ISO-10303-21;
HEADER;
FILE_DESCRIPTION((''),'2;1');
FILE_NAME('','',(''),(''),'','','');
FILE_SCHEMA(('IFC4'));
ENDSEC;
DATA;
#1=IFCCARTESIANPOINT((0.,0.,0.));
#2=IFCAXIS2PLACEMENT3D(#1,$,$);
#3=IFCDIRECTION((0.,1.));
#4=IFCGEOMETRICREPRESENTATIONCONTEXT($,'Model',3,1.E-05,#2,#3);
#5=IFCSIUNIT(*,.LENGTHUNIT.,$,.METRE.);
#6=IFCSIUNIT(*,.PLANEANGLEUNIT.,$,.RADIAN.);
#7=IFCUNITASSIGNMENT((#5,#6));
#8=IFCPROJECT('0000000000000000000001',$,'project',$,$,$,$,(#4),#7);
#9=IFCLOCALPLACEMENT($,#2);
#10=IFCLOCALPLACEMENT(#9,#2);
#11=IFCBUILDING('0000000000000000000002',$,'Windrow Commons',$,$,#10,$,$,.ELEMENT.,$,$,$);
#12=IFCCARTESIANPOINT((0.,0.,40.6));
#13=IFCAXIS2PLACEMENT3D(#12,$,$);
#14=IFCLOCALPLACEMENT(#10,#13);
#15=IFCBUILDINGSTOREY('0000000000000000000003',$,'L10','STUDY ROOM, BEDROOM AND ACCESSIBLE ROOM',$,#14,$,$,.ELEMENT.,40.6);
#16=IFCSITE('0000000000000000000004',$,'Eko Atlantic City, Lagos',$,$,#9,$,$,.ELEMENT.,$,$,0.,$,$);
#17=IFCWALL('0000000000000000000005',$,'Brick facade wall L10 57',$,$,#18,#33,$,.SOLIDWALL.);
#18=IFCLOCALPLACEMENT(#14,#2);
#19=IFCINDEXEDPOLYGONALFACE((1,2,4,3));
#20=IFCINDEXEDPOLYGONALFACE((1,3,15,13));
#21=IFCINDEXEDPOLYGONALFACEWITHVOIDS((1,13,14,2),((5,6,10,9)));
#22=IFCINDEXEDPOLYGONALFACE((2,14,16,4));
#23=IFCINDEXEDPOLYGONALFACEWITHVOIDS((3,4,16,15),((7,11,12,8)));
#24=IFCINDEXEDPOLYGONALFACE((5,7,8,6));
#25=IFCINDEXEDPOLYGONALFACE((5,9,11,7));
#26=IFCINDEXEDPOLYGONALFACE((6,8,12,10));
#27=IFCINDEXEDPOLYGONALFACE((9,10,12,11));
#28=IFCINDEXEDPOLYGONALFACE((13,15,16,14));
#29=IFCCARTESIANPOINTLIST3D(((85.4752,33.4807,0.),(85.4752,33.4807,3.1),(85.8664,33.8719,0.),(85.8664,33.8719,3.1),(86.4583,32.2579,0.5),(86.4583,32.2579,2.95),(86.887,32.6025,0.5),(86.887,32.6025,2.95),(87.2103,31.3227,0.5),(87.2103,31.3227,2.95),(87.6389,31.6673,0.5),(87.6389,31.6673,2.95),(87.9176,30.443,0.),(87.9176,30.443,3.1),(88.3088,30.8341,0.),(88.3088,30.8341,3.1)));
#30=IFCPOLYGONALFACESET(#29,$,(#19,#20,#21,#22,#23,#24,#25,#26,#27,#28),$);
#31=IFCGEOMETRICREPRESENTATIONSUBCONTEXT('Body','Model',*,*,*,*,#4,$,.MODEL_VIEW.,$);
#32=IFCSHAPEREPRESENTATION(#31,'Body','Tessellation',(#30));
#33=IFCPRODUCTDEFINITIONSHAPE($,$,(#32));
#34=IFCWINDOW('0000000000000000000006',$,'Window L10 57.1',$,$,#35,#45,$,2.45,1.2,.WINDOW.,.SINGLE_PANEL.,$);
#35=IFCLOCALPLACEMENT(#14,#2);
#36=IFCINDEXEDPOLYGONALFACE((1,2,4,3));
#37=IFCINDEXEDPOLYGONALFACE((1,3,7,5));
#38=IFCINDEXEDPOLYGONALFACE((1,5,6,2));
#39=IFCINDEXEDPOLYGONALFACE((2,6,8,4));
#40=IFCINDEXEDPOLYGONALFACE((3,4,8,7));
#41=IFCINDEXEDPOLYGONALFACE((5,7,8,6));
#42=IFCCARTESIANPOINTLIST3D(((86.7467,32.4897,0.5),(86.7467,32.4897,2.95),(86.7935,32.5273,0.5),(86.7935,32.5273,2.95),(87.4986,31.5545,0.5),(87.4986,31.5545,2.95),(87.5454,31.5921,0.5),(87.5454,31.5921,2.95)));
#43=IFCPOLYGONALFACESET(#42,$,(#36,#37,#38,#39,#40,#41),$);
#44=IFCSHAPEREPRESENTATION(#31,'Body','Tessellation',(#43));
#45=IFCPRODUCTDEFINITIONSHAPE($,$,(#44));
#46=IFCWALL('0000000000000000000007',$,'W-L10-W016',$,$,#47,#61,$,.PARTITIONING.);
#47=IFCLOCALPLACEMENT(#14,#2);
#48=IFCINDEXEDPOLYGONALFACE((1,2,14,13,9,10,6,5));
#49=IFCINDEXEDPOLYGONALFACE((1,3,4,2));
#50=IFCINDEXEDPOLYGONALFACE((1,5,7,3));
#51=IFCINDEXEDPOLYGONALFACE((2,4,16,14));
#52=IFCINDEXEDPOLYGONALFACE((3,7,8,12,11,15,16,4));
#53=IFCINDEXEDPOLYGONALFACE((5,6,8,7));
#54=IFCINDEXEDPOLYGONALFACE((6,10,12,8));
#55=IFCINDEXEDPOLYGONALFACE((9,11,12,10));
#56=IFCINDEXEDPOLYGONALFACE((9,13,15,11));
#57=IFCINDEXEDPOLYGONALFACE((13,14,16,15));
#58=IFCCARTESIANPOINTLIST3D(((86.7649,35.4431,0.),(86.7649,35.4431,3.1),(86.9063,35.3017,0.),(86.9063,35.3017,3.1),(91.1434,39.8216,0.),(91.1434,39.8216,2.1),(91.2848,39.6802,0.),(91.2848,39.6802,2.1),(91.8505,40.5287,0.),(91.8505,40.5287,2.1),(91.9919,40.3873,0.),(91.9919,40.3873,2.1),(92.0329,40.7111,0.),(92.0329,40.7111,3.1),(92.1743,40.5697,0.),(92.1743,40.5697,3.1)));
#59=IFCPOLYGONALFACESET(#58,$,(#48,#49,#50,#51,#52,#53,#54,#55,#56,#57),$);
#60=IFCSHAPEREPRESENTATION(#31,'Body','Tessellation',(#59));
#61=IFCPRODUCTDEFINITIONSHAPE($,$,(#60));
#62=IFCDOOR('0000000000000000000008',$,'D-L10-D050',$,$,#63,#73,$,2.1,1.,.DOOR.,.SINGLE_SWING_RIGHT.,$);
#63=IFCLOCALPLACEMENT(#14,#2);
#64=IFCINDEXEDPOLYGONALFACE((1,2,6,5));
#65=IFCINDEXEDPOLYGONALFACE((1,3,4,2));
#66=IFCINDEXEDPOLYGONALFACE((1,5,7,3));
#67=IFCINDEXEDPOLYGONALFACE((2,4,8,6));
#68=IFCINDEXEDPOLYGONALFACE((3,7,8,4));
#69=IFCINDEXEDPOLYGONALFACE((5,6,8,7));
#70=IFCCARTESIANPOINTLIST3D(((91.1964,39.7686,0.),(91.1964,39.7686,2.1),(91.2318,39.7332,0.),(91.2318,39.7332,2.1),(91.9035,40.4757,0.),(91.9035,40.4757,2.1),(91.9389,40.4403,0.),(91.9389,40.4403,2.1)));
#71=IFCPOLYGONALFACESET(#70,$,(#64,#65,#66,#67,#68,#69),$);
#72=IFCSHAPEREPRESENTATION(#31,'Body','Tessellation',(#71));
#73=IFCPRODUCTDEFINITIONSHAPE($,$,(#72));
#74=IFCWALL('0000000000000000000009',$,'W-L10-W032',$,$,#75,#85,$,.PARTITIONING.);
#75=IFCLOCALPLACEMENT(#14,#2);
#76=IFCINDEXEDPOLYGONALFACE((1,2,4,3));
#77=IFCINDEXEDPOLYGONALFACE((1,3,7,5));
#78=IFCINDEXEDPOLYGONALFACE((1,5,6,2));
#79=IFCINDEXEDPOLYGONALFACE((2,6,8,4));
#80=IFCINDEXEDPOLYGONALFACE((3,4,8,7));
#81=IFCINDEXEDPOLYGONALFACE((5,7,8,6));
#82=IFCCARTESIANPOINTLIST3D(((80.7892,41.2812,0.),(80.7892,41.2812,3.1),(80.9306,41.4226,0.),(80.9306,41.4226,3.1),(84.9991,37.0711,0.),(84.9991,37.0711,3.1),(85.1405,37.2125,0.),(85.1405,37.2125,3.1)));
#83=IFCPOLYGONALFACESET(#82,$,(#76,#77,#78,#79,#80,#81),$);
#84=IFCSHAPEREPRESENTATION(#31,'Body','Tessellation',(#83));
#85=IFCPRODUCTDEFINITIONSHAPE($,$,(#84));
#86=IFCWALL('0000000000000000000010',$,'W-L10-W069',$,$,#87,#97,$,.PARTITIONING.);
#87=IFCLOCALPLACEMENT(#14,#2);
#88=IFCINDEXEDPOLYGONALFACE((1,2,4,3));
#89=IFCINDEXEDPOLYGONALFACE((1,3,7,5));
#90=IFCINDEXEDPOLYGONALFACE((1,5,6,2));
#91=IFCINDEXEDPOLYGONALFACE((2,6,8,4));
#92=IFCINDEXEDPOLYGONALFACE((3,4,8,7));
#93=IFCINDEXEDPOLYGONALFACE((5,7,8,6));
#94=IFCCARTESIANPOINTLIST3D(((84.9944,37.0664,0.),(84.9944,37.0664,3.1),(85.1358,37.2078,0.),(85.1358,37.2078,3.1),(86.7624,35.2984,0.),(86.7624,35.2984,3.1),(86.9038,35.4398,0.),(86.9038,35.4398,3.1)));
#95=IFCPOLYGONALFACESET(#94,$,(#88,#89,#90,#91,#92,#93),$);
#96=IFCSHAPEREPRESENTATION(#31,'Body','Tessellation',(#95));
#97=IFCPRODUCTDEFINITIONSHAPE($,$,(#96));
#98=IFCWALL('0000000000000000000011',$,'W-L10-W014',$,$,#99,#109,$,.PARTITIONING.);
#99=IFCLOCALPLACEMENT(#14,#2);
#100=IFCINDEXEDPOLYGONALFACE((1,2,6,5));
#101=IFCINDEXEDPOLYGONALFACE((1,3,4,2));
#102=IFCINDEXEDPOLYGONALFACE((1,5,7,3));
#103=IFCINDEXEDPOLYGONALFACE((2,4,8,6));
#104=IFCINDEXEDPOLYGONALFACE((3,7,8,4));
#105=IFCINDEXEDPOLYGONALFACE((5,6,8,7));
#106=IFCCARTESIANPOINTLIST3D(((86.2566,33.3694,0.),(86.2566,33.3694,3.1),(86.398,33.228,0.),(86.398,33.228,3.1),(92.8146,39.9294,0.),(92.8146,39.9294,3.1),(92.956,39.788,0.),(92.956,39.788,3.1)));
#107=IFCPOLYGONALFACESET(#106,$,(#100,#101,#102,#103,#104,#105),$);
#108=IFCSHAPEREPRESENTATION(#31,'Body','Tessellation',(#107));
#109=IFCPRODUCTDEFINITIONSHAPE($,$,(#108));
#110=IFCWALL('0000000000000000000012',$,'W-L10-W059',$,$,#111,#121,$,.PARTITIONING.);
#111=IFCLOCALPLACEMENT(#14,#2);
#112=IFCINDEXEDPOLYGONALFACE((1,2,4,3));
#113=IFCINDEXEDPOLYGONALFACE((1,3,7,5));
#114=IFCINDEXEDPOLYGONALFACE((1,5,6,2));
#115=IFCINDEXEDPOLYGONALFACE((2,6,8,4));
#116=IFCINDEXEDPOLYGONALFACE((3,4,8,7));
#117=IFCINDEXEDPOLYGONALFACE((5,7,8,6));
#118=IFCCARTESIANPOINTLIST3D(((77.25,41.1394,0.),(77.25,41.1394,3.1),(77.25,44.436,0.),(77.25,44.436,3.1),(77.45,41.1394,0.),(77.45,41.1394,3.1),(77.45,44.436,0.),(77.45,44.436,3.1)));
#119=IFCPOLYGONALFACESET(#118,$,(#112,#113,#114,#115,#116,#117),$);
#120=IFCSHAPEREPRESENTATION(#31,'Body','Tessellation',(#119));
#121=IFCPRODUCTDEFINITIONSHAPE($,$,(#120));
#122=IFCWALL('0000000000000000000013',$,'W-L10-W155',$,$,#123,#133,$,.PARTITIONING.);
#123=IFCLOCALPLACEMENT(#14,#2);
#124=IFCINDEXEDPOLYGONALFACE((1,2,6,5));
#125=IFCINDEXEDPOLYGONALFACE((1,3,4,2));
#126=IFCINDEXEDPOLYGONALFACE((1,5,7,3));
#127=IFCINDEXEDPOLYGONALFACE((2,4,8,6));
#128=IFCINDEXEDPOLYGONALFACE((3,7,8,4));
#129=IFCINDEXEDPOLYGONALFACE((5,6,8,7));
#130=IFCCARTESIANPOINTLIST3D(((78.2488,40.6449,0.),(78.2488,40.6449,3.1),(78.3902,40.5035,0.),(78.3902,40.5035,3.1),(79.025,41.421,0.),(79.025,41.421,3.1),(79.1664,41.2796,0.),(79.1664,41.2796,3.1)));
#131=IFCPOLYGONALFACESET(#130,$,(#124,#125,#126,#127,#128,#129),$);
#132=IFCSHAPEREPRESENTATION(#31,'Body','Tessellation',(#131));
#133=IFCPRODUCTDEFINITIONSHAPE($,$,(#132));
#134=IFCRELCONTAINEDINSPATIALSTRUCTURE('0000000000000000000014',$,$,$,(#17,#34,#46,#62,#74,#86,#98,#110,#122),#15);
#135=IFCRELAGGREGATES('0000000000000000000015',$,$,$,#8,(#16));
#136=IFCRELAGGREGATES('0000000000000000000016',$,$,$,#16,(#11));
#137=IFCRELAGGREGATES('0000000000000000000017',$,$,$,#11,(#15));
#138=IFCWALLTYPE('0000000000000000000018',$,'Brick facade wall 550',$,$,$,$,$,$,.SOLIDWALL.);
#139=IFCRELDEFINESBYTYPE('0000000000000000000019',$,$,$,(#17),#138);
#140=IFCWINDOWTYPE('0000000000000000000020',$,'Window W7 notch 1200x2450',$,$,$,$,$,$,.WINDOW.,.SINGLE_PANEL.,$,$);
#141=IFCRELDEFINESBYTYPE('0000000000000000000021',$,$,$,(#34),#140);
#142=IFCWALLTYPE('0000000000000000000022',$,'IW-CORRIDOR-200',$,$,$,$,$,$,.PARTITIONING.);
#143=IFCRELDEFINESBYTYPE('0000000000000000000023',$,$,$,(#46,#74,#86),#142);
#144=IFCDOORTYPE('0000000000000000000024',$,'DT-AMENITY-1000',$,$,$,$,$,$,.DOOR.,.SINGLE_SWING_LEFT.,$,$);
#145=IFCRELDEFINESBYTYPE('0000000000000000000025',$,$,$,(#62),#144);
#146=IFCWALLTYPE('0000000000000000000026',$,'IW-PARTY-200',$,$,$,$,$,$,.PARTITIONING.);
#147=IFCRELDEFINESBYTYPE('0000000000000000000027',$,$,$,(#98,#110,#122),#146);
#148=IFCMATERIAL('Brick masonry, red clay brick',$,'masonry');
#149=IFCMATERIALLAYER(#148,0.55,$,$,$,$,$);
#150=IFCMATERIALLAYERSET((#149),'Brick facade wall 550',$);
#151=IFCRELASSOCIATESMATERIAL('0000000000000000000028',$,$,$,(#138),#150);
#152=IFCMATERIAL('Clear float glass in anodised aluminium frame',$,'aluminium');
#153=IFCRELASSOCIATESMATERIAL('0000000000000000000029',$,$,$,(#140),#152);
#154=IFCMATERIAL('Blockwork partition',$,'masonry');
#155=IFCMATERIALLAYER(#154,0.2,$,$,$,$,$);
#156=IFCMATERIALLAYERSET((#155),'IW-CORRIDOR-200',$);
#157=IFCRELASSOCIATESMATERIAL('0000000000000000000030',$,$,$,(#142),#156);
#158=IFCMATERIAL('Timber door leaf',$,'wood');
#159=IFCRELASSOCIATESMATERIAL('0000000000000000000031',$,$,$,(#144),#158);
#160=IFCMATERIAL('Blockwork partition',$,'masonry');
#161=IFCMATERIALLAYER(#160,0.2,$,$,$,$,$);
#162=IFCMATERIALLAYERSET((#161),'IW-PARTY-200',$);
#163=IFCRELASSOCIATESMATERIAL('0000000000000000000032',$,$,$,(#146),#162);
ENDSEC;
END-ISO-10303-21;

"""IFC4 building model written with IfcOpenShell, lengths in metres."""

from ifc_helpers import new_model, si_unit, direction, frame, frame_2d, origin, place, context, subcontext, project, spatial, polyline, rectangle, outline, extrude, material, layer, layer_set, type_object, element, fill, save


model = new_model("IFC4")

# Units and contexts
model_context = context("Model", 3, precision=1e-05, world=origin(), true_north=direction((0.0, 1.0)))
body_context = subcontext(model_context, "Body", "Model", "MODEL_VIEW")
ifc_project = project(units=[si_unit("LENGTHUNIT", "METRE"), si_unit("PLANEANGLEUNIT", "RADIAN")], contexts=[model_context])

# Site, building, storey
site_placement = place(None, origin())
site = spatial("IfcSite", under=ifc_project, at=site_placement, Name="Eko Atlantic City, Lagos", CompositionType="ELEMENT", RefElevation=0.0)
building_placement = place(site_placement, origin())
building = spatial("IfcBuilding", under=site, at=building_placement, Name="Windrow Commons", CompositionType="ELEMENT")
storey_placement = place(building_placement, frame((0.0, 0.0, 40.6)))
storey = spatial("IfcBuildingStorey", under=building, at=storey_placement, Name="L10", Description="STUDY ROOM, BEDROOM AND ACCESSIBLE ROOM", CompositionType="ELEMENT", Elevation=40.6)

# Shared definitions
ifc_material_1 = material(Name="Brick masonry, red clay brick", Category="masonry")
ifc_layer_1 = layer(ifc_material_1, 0.55)
ifc_layer_set_1 = layer_set([ifc_layer_1], Name="Brick facade wall 550")
wall_type_1 = type_object("IfcWallType", Name="Brick facade wall 550", PredefinedType="SOLIDWALL", material=ifc_layer_set_1)
ifc_material_2 = material(Name="Clear float glass in anodised aluminium frame", Category="aluminium")
window_type_1 = type_object("IfcWindowType", Name="Window W7 notch 1200x2450", PartitioningType="SINGLE_PANEL", PredefinedType="WINDOW", material=ifc_material_2)

# Wall, opening, window
wall_1_placement = place(storey_placement, frame((85.6708, 33.6763, 0.0), z_axis=(0.0, 0.0, 1.0), x_axis=(0.626595, -0.779345, 0.0)))
wall_1 = element("IfcWall", 1, at=wall_1_placement, inside=storey, type_object=wall_type_1, Name="Brick facade wall L10 57", PredefinedType="SOLIDWALL", context=body_context, shape_type="SweptSolid", body=[
    extrude(outline(polyline([(0.0299, -0.275), (3.9277, -0.275), (3.868, 0.275), (-0.0299, 0.275), (0.0299, -0.275)])), origin(), (0.0, 0.0, 1.0), 3.1),
])
opening_1_placement = place(wall_1_placement, frame((1.5989, 0.0, 0.5)))
opening_1 = element("IfcOpeningElement", 2, at=opening_1_placement, cuts=wall_1, PredefinedType="OPENING", context=body_context, shape_type="SweptSolid", body=[
    extrude(rectangle(XDim=1.2, YDim=2.45, at=frame_2d((0.6, 1.225))), frame((0.0, 0.285, 0.0), z_axis=(0.0, -1.0, 0.0), x_axis=(1.0, 0.0, 0.0)), (0.0, 0.0, 1.0), 0.57),
])
window_1_placement = place(opening_1_placement, origin())
window_1 = element("IfcWindow", 3, at=window_1_placement, inside=storey, type_object=window_type_1, Name="Window L10 57.1", OverallHeight=2.45, OverallWidth=1.2, PartitioningType="SINGLE_PANEL", PredefinedType="WINDOW", context=body_context, shape_type="SweptSolid", body=[
    extrude(rectangle(XDim=1.2, YDim=2.45, at=frame_2d((0.6, 1.225))), frame((0.0, 0.155, 0.0), z_axis=(0.0, -1.0, 0.0), x_axis=(1.0, 0.0, 0.0)), (0.0, 0.0, 1.0), 0.06),
])
fill(opening_1, window_1)

# Wall, opening, door
ifc_material_3 = material(Name="Blockwork partition", Category="masonry")
ifc_layer_2 = layer(ifc_material_3, 0.2)
ifc_layer_set_2 = layer_set([ifc_layer_2], Name="IW-CORRIDOR-200")
wall_type_2 = type_object("IfcWallType", Name="IW-CORRIDOR-200", PredefinedType="PARTITIONING", material=ifc_layer_set_2)
wall_2_placement = place(storey_placement, frame((86.8356, 35.3724, 0.0), z_axis=(0.0, 0.0, 1.0), x_axis=(0.707107, 0.707107, 0.0)))
wall_2 = element("IfcWall", 4, at=wall_2_placement, inside=storey, type_object=wall_type_2, Name="W-L10-W016", PredefinedType="PARTITIONING", context=body_context, shape_type="SweptSolid", body=[
    extrude(rectangle(XDim=7.4501, YDim=0.2, at=frame_2d((3.725, 0.0))), origin(), (0.0, 0.0, 1.0), 3.1),
])
opening_2_placement = place(wall_2_placement, frame((6.1921, 0.0, 0.0)))
opening_2 = element("IfcOpeningElement", 5, at=opening_2_placement, cuts=wall_2, PredefinedType="OPENING", context=body_context, shape_type="SweptSolid", body=[
    extrude(rectangle(XDim=1.0, YDim=2.1, at=frame_2d((0.5, 1.05))), frame((0.0, 0.11, 0.0), z_axis=(0.0, -1.0, 0.0), x_axis=(1.0, 0.0, 0.0)), (0.0, 0.0, 1.0), 0.22),
])
ifc_material_4 = material(Name="Timber door leaf", Category="wood")
door_type_1 = type_object("IfcDoorType", Name="DT-AMENITY-1000", OperationType="SINGLE_SWING_LEFT", PredefinedType="DOOR", material=ifc_material_4)
door_1_placement = place(opening_2_placement, origin())
door_1 = element("IfcDoor", 6, at=door_1_placement, inside=storey, type_object=door_type_1, Name="D-L10-D050", OperationType="SINGLE_SWING_RIGHT", OverallHeight=2.1, OverallWidth=1.0, PredefinedType="DOOR", context=body_context, shape_type="SweptSolid", body=[
    extrude(rectangle(XDim=1.0, YDim=2.1, at=frame_2d((0.5, 1.05))), frame((0.0, 0.025, 0.0), z_axis=(0.0, -1.0, 0.0), x_axis=(1.0, 0.0, 0.0)), (0.0, 0.0, 1.0), 0.05),
])
fill(opening_2, door_1)

# Walls
wall_3_placement = place(storey_placement, frame((85.0698, 37.1418, 0.0), z_axis=(0.0, 0.0, 1.0), x_axis=(-0.70709, 0.707124, 0.0)))
element("IfcWall", 7, at=wall_3_placement, inside=storey, type_object=wall_type_2, Name="W-L10-W032", PredefinedType="PARTITIONING", context=body_context, shape_type="SweptSolid", body=[
    extrude(rectangle(XDim=5.9538, YDim=0.2, at=frame_2d((2.9769, 0.0))), origin(), (0.0, 0.0, 1.0), 3.1),
])
wall_4_placement = place(storey_placement, frame((85.0651, 37.1371, 0.0), z_axis=(0.0, 0.0, 1.0), x_axis=(0.707107, -0.707107, 0.0)))
element("IfcWall", 8, at=wall_4_placement, inside=storey, type_object=wall_type_2, Name="W-L10-W069", PredefinedType="PARTITIONING", context=body_context, shape_type="SweptSolid", body=[
    extrude(rectangle(XDim=2.5003, YDim=0.2, at=frame_2d((1.2502, 0.0))), origin(), (0.0, 0.0, 1.0), 3.1),
])
ifc_material_5 = material(Name="Blockwork partition", Category="masonry")
ifc_layer_3 = layer(ifc_material_5, 0.2)
ifc_layer_set_3 = layer_set([ifc_layer_3], Name="IW-PARTY-200")
wall_type_3 = type_object("IfcWallType", Name="IW-PARTY-200", PredefinedType="PARTITIONING", material=ifc_layer_set_3)
wall_5_placement = place(storey_placement, frame((86.3273, 33.2987, 0.0), z_axis=(0.0, 0.0, 1.0), x_axis=(0.706999, 0.707215, 0.0)))
element("IfcWall", 9, at=wall_5_placement, inside=storey, type_object=wall_type_3, Name="W-L10-W014", PredefinedType="PARTITIONING", context=body_context, shape_type="SweptSolid", body=[
    extrude(rectangle(XDim=9.2758, YDim=0.2, at=frame_2d((4.6379, 0.0))), origin(), (0.0, 0.0, 1.0), 3.1),
])
wall_6_placement = place(storey_placement, frame((77.35, 41.1394, 0.0), z_axis=(0.0, 0.0, 1.0), x_axis=(0.0, 1.0, 0.0)))
element("IfcWall", 10, at=wall_6_placement, inside=storey, type_object=wall_type_3, Name="W-L10-W059", PredefinedType="PARTITIONING", context=body_context, shape_type="SweptSolid", body=[
    extrude(rectangle(XDim=3.2966, YDim=0.2, at=frame_2d((1.6483, 0.0))), origin(), (0.0, 0.0, 1.0), 3.1),
])
wall_7_placement = place(storey_placement, frame((78.3195, 40.5742, 0.0), z_axis=(0.0, 0.0, 1.0), x_axis=(0.707152, 0.707061, 0.0)))
element("IfcWall", 11, at=wall_7_placement, inside=storey, type_object=wall_type_3, Name="W-L10-W155", PredefinedType="PARTITIONING", context=body_context, shape_type="SweptSolid", body=[
    extrude(rectangle(XDim=1.0976, YDim=0.2, at=frame_2d((0.5488, 0.0))), origin(), (0.0, 0.0, 1.0), 3.1),
])

save(model, "model.ifc")
